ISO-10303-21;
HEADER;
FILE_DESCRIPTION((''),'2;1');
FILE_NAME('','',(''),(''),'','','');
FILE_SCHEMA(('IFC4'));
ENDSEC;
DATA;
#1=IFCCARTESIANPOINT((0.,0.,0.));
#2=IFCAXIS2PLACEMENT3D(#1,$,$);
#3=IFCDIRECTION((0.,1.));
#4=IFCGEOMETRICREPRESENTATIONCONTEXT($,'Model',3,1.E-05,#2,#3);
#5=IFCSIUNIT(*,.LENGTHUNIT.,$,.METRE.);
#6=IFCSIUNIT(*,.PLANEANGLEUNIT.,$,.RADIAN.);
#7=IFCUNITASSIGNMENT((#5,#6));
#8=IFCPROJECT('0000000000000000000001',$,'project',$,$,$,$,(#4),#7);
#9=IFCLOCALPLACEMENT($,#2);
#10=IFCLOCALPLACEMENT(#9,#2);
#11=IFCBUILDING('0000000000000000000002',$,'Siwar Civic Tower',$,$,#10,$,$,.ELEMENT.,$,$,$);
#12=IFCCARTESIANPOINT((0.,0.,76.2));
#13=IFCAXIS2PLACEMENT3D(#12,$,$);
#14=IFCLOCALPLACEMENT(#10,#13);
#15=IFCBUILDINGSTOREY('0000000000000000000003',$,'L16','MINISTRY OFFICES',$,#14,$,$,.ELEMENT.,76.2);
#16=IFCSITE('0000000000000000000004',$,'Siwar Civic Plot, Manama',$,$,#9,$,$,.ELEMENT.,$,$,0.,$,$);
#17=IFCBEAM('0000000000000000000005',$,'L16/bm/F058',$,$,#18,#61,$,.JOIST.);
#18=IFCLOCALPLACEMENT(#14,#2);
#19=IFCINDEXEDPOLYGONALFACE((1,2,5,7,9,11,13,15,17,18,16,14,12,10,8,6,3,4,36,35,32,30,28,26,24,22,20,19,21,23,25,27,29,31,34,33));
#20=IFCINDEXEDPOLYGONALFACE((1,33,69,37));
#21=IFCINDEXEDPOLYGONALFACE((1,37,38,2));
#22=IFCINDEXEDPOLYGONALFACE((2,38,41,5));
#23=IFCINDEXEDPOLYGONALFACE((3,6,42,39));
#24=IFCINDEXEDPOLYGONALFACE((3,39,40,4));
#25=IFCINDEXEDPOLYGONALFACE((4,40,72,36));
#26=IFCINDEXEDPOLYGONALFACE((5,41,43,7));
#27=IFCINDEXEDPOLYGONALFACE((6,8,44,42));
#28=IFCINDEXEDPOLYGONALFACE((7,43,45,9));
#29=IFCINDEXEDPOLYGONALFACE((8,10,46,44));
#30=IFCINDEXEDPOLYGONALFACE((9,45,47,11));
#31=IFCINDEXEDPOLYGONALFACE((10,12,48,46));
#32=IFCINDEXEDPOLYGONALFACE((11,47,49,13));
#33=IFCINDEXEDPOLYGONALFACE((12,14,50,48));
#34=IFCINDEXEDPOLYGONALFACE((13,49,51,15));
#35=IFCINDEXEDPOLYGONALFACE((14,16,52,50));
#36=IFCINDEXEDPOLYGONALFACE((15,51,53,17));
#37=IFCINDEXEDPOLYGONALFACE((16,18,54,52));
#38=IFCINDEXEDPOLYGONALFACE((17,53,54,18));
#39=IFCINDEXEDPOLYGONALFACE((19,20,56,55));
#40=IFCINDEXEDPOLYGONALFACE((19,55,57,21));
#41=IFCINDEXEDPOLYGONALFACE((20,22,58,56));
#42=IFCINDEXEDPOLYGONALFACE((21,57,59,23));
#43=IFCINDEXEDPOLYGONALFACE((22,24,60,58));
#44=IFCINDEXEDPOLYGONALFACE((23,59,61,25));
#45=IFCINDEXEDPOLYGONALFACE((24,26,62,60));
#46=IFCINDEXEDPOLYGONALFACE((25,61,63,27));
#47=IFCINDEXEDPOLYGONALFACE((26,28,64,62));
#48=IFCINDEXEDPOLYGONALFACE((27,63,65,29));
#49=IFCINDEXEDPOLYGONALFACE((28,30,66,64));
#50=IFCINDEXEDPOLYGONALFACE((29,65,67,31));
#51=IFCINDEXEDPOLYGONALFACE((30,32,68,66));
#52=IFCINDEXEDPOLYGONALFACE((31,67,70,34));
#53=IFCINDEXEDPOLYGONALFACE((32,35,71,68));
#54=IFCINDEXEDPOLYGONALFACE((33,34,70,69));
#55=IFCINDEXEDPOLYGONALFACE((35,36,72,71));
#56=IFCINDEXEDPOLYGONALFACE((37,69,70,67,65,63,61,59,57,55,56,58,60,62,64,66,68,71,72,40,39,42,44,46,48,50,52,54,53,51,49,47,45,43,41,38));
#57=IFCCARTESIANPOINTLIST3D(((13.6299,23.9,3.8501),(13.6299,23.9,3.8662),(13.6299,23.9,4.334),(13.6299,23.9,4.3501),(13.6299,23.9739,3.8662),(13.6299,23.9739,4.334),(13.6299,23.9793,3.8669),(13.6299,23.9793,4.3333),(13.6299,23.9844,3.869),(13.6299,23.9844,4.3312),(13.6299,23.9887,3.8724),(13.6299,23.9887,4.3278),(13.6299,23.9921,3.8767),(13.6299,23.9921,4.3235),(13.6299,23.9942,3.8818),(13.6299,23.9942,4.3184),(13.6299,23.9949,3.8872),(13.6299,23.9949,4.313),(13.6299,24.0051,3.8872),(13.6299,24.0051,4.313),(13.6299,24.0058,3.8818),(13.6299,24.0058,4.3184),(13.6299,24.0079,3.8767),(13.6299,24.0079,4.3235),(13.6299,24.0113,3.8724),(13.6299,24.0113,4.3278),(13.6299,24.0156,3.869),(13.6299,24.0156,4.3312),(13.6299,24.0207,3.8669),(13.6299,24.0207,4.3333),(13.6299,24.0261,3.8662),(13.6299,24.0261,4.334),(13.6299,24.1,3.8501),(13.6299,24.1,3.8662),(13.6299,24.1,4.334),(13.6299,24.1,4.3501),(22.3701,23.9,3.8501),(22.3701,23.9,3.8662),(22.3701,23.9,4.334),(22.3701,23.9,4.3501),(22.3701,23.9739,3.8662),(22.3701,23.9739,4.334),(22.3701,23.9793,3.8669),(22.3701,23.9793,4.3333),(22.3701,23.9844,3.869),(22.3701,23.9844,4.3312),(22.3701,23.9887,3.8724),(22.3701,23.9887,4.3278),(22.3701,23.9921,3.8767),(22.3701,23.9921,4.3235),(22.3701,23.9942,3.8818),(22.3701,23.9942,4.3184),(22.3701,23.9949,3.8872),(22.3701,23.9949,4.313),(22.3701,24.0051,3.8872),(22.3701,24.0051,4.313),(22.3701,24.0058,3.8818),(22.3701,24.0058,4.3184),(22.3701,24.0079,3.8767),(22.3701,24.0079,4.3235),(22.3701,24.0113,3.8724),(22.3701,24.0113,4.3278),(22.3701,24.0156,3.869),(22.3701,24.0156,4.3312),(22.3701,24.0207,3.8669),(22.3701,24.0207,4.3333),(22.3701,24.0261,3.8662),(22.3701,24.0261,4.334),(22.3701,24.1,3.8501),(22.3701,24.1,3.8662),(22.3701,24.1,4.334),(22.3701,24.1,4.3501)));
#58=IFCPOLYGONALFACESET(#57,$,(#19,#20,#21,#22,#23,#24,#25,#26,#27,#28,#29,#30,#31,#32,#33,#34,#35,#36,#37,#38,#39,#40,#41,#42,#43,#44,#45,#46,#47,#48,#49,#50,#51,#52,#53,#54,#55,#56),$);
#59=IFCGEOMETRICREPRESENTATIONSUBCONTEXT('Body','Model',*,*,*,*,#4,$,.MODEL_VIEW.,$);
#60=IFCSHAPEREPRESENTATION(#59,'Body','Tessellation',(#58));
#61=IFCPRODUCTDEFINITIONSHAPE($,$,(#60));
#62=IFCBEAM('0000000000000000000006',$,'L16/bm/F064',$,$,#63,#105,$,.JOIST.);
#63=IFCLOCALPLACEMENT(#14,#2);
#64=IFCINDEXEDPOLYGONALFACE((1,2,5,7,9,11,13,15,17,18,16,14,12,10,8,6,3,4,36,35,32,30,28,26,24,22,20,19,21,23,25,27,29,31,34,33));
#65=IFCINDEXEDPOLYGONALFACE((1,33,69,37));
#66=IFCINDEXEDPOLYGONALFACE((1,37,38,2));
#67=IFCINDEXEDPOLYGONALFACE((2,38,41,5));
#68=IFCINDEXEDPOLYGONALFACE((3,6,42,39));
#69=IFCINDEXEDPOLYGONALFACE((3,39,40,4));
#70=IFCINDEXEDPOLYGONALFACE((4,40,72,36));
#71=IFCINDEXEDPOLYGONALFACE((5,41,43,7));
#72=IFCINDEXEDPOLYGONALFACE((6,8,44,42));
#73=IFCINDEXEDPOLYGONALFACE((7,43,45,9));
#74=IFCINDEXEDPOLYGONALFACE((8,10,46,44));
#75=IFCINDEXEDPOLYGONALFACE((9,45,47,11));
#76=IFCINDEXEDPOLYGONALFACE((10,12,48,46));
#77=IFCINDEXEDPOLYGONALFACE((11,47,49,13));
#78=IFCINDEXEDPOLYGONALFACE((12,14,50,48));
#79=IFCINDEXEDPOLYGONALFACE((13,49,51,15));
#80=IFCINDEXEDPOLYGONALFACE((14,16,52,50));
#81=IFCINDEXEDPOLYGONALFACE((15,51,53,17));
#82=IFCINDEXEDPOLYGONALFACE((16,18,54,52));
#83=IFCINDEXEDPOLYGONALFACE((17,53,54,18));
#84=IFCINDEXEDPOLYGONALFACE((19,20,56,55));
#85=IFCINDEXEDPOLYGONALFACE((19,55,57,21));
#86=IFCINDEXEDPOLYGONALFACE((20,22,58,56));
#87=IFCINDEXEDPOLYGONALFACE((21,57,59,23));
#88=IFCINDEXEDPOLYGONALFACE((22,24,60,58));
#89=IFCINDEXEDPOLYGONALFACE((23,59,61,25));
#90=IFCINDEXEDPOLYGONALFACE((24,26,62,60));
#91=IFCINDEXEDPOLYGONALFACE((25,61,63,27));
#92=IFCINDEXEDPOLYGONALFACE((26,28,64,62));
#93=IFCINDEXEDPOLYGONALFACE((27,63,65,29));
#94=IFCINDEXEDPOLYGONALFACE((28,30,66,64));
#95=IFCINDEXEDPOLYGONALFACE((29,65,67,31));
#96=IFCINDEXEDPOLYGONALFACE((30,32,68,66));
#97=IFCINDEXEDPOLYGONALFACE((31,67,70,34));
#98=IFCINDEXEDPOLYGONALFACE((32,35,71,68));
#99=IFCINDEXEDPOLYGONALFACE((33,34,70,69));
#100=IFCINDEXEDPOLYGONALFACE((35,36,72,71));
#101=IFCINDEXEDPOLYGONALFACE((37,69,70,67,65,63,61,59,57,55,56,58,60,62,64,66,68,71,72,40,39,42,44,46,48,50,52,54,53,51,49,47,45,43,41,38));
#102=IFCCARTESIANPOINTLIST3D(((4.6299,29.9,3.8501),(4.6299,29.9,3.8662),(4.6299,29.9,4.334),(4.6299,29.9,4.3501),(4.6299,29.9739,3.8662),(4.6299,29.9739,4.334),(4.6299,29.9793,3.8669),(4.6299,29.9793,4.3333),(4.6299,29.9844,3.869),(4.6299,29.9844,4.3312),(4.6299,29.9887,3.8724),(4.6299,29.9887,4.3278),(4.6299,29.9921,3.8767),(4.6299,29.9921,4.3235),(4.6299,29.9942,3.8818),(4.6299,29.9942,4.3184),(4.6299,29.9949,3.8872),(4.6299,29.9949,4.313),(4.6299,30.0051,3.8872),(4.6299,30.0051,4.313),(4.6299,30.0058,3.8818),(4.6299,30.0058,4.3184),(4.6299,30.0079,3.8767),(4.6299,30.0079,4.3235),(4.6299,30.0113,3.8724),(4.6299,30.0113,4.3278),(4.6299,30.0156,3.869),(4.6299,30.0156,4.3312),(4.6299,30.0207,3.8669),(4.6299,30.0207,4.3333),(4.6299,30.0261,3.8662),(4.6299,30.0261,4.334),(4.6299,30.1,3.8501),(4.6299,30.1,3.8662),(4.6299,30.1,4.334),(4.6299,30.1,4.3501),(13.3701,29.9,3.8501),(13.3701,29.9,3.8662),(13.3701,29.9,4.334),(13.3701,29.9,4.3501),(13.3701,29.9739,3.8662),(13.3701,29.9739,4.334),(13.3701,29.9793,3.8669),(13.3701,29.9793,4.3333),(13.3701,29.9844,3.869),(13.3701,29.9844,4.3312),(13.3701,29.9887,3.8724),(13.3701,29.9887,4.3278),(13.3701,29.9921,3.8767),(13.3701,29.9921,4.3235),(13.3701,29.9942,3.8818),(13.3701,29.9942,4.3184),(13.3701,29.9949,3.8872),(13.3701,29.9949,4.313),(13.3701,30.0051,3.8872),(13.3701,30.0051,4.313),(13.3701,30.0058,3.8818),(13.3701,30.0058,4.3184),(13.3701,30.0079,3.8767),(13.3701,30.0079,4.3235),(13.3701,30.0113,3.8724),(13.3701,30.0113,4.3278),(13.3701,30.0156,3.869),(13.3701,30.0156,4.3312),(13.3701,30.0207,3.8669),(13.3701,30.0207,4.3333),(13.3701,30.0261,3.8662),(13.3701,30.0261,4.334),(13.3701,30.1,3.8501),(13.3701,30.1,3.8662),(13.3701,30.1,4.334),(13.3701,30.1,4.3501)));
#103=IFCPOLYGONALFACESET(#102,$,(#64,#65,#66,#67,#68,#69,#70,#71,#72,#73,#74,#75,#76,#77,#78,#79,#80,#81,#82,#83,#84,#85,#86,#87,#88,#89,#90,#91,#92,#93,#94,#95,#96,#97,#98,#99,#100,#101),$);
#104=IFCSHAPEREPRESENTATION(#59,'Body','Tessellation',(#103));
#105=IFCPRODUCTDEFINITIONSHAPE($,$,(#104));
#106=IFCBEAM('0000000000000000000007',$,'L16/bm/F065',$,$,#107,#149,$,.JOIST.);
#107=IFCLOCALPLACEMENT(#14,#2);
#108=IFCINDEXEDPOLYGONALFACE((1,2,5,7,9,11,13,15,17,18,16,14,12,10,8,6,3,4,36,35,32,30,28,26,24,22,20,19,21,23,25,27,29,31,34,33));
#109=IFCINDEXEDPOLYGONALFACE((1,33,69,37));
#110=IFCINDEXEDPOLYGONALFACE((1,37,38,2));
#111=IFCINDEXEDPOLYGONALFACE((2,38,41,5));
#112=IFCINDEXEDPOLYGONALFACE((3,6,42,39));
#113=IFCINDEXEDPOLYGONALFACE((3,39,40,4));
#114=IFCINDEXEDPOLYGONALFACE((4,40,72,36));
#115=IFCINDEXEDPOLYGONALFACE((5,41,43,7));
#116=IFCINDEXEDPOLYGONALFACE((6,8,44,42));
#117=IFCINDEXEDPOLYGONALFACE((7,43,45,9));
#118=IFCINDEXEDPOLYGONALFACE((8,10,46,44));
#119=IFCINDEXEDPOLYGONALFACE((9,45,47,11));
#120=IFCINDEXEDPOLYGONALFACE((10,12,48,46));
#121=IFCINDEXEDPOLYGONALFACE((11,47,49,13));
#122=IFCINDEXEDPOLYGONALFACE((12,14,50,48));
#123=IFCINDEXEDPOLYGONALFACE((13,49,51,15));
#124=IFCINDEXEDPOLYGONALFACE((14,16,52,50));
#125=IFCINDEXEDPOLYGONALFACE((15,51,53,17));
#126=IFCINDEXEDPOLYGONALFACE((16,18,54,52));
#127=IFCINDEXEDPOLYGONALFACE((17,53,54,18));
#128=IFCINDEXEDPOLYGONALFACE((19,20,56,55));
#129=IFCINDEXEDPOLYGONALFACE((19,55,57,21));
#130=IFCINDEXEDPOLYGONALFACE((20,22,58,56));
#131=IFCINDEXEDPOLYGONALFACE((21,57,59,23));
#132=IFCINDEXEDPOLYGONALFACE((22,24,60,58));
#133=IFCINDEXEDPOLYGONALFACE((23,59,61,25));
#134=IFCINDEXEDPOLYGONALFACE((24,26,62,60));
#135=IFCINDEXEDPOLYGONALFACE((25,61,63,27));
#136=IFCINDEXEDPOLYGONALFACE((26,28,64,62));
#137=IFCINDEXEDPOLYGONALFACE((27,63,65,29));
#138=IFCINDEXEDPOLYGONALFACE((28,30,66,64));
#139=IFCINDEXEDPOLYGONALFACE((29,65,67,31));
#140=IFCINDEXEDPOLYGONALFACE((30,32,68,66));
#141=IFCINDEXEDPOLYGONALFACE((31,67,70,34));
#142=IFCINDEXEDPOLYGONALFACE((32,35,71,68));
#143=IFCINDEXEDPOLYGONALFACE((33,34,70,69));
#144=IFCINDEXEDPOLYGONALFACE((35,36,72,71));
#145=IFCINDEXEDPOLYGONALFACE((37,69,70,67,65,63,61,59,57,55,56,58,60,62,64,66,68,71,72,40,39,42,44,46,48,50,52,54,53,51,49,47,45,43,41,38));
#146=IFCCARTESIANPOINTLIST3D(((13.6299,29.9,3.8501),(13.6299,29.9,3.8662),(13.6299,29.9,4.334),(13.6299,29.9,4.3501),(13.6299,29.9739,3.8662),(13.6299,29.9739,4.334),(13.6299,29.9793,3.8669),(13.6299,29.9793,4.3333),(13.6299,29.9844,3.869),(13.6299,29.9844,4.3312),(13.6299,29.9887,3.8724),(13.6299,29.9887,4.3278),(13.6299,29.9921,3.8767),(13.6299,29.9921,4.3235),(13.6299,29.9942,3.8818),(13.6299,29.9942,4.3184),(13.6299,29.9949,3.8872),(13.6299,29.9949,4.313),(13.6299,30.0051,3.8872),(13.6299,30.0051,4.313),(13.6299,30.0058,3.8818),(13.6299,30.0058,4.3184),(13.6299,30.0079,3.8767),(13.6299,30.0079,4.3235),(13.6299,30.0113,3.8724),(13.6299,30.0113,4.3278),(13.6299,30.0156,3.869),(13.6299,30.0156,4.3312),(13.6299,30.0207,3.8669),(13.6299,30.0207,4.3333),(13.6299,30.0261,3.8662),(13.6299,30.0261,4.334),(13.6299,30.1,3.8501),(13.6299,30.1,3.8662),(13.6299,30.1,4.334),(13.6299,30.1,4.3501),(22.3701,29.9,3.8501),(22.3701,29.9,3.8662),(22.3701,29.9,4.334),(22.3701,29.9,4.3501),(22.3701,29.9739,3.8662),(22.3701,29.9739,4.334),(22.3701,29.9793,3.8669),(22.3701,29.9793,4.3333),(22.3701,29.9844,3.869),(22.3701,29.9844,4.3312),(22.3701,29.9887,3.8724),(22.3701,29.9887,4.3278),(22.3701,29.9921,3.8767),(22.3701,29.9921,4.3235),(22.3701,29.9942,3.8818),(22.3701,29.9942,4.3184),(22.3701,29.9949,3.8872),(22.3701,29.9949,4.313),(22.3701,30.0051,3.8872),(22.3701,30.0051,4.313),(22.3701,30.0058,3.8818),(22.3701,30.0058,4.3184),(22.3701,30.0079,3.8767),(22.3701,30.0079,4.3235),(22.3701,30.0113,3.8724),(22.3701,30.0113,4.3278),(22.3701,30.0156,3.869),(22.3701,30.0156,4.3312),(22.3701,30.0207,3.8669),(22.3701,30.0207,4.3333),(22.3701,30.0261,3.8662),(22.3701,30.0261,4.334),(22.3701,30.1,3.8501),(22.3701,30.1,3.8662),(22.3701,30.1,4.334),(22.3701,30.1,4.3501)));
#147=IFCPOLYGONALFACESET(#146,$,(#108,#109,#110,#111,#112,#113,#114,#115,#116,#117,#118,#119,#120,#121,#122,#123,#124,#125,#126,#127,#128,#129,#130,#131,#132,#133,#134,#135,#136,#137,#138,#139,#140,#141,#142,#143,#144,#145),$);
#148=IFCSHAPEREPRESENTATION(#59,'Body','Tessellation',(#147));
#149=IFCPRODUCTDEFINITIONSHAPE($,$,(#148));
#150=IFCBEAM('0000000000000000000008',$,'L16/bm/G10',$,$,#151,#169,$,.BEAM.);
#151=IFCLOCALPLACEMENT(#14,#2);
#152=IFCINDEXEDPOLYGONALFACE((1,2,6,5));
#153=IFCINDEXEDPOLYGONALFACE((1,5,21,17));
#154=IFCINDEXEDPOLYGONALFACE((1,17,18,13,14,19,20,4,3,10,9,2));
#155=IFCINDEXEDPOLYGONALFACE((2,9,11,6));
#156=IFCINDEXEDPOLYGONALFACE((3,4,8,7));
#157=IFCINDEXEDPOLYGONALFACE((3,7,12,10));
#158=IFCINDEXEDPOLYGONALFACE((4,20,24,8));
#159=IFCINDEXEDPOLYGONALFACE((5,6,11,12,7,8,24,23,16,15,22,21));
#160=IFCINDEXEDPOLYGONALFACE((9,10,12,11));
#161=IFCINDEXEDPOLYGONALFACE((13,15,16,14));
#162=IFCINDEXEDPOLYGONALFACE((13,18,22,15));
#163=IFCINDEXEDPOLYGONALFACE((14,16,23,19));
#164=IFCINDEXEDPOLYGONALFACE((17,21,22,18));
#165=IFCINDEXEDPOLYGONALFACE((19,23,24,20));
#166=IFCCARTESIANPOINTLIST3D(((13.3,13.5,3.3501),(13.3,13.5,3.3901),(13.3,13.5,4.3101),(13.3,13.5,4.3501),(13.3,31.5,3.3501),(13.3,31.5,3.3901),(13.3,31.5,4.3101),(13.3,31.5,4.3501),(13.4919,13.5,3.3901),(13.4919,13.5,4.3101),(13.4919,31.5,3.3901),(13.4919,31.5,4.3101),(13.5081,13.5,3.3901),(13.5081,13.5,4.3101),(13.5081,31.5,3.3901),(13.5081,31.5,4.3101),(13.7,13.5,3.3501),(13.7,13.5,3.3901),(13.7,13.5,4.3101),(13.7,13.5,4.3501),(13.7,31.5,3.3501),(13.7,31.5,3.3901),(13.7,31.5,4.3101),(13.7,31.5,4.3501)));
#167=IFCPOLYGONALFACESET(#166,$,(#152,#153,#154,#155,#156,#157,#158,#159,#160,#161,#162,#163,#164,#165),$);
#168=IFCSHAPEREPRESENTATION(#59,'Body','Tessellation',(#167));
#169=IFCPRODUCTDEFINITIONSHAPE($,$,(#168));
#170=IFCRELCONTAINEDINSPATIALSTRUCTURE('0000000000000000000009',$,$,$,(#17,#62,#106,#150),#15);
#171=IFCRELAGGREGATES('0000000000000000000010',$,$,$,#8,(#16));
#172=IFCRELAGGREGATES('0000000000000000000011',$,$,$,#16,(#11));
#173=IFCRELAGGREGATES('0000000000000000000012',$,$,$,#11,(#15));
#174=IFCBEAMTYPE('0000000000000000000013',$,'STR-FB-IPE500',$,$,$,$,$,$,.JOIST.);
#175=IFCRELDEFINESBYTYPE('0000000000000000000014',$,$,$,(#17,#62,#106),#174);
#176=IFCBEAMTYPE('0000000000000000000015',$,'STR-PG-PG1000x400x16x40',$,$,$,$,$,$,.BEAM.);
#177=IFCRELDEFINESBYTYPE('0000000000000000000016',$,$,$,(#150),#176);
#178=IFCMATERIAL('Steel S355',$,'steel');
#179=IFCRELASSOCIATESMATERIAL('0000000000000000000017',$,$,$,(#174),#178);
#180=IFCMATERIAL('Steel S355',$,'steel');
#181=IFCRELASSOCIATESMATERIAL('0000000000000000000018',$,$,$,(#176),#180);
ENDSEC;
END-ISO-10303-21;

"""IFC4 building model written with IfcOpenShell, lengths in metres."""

from ifc_helpers import new_model, si_unit, direction, frame, origin, origin_2d, place, context, subcontext, project, spatial, i_section, extrude, material, material_profile, profile_set, type_object, element, save


model = new_model("IFC4")

# Units and contexts
model_context = context("Model", 3, precision=1e-05, world=origin(), true_north=direction((0.0, 1.0)))
body_context = subcontext(model_context, "Body", "Model", "MODEL_VIEW")
ifc_project = project(units=[si_unit("LENGTHUNIT", "METRE"), si_unit("PLANEANGLEUNIT", "RADIAN")], contexts=[model_context])

# Site, building, storey
site_placement = place(None, origin())
site = spatial("IfcSite", under=ifc_project, at=site_placement, Name="Siwar Civic Plot, Manama", CompositionType="ELEMENT", RefElevation=0.0)
building_placement = place(site_placement, origin())
building = spatial("IfcBuilding", under=site, at=building_placement, Name="Siwar Civic Tower", CompositionType="ELEMENT")
storey_placement = place(building_placement, frame((0.0, 0.0, 76.2)))
storey = spatial("IfcBuildingStorey", under=building, at=storey_placement, Name="L16", Description="MINISTRY OFFICES", CompositionType="ELEMENT", Elevation=76.2)

# Beams
ifc_material_1 = material(Name="Steel S355", Category="steel")
ifc_material_profile_1 = material_profile(ifc_material_1, i_section(OverallWidth=0.2, OverallDepth=0.5, WebThickness=0.0103, FlangeThickness=0.0161, FilletRadius=0.021, at=origin_2d()), Name="IPE500")
ifc_profile_set_1 = profile_set([ifc_material_profile_1], Name="Steel S355")
beam_type_1 = type_object("IfcBeamType", Name="STR-FB-IPE500", PredefinedType="JOIST", material=ifc_profile_set_1)
for number, where, z_axis, x_axis, name in (
    (1, (13.6299, 24.0, 4.1001), (1.0, 0.0, 0.0), (0.0, 1.0, 0.0), "L16/bm/F058"),
    (2, (4.6299, 30.0, 4.1001), (1.0, 0.0, 0.0), (0.0, 1.0, 0.0), "L16/bm/F064"),
    (3, (13.6299, 30.0, 4.1001), (1.0, 0.0, 0.0), (0.0, 1.0, 0.0), "L16/bm/F065"),
):
    element("IfcBeam", number, at=place(storey_placement, frame(where, z_axis=z_axis, x_axis=x_axis)), inside=storey, type_object=beam_type_1, Name=name, PredefinedType="JOIST", context=body_context, shape_type="SweptSolid", body=[
        extrude(i_section(OverallWidth=0.2, OverallDepth=0.5, WebThickness=0.0103, FlangeThickness=0.0161, FilletRadius=0.021, at=origin_2d()), origin(), (0.0, 0.0, 1.0), 8.7402),
    ])
ifc_material_2 = material(Name="Steel S355", Category="steel")
ifc_material_profile_2 = material_profile(ifc_material_2, i_section(OverallWidth=0.3999, OverallDepth=1.0, WebThickness=0.0161, FlangeThickness=0.04, at=origin_2d()), Name="PG1000x400x16x40")
ifc_profile_set_2 = profile_set([ifc_material_profile_2], Name="Steel S355")
beam_type_2 = type_object("IfcBeamType", Name="STR-PG-PG1000x400x16x40", PredefinedType="BEAM", material=ifc_profile_set_2)
beam_1_placement = place(storey_placement, frame((13.5, 13.5, 3.8501), z_axis=(0.0, 1.0, 0.0), x_axis=(-1.0, 0.0, 0.0)))
element("IfcBeam", 4, at=beam_1_placement, inside=storey, type_object=beam_type_2, Name="L16/bm/G10", PredefinedType="BEAM", context=body_context, shape_type="SweptSolid", body=[
    extrude(i_section(OverallWidth=0.3999, OverallDepth=1.0, WebThickness=0.0161, FlangeThickness=0.04, at=origin_2d()), origin(), (0.0, 0.0, 1.0), 18.0),
])

save(model, "model.ifc")
